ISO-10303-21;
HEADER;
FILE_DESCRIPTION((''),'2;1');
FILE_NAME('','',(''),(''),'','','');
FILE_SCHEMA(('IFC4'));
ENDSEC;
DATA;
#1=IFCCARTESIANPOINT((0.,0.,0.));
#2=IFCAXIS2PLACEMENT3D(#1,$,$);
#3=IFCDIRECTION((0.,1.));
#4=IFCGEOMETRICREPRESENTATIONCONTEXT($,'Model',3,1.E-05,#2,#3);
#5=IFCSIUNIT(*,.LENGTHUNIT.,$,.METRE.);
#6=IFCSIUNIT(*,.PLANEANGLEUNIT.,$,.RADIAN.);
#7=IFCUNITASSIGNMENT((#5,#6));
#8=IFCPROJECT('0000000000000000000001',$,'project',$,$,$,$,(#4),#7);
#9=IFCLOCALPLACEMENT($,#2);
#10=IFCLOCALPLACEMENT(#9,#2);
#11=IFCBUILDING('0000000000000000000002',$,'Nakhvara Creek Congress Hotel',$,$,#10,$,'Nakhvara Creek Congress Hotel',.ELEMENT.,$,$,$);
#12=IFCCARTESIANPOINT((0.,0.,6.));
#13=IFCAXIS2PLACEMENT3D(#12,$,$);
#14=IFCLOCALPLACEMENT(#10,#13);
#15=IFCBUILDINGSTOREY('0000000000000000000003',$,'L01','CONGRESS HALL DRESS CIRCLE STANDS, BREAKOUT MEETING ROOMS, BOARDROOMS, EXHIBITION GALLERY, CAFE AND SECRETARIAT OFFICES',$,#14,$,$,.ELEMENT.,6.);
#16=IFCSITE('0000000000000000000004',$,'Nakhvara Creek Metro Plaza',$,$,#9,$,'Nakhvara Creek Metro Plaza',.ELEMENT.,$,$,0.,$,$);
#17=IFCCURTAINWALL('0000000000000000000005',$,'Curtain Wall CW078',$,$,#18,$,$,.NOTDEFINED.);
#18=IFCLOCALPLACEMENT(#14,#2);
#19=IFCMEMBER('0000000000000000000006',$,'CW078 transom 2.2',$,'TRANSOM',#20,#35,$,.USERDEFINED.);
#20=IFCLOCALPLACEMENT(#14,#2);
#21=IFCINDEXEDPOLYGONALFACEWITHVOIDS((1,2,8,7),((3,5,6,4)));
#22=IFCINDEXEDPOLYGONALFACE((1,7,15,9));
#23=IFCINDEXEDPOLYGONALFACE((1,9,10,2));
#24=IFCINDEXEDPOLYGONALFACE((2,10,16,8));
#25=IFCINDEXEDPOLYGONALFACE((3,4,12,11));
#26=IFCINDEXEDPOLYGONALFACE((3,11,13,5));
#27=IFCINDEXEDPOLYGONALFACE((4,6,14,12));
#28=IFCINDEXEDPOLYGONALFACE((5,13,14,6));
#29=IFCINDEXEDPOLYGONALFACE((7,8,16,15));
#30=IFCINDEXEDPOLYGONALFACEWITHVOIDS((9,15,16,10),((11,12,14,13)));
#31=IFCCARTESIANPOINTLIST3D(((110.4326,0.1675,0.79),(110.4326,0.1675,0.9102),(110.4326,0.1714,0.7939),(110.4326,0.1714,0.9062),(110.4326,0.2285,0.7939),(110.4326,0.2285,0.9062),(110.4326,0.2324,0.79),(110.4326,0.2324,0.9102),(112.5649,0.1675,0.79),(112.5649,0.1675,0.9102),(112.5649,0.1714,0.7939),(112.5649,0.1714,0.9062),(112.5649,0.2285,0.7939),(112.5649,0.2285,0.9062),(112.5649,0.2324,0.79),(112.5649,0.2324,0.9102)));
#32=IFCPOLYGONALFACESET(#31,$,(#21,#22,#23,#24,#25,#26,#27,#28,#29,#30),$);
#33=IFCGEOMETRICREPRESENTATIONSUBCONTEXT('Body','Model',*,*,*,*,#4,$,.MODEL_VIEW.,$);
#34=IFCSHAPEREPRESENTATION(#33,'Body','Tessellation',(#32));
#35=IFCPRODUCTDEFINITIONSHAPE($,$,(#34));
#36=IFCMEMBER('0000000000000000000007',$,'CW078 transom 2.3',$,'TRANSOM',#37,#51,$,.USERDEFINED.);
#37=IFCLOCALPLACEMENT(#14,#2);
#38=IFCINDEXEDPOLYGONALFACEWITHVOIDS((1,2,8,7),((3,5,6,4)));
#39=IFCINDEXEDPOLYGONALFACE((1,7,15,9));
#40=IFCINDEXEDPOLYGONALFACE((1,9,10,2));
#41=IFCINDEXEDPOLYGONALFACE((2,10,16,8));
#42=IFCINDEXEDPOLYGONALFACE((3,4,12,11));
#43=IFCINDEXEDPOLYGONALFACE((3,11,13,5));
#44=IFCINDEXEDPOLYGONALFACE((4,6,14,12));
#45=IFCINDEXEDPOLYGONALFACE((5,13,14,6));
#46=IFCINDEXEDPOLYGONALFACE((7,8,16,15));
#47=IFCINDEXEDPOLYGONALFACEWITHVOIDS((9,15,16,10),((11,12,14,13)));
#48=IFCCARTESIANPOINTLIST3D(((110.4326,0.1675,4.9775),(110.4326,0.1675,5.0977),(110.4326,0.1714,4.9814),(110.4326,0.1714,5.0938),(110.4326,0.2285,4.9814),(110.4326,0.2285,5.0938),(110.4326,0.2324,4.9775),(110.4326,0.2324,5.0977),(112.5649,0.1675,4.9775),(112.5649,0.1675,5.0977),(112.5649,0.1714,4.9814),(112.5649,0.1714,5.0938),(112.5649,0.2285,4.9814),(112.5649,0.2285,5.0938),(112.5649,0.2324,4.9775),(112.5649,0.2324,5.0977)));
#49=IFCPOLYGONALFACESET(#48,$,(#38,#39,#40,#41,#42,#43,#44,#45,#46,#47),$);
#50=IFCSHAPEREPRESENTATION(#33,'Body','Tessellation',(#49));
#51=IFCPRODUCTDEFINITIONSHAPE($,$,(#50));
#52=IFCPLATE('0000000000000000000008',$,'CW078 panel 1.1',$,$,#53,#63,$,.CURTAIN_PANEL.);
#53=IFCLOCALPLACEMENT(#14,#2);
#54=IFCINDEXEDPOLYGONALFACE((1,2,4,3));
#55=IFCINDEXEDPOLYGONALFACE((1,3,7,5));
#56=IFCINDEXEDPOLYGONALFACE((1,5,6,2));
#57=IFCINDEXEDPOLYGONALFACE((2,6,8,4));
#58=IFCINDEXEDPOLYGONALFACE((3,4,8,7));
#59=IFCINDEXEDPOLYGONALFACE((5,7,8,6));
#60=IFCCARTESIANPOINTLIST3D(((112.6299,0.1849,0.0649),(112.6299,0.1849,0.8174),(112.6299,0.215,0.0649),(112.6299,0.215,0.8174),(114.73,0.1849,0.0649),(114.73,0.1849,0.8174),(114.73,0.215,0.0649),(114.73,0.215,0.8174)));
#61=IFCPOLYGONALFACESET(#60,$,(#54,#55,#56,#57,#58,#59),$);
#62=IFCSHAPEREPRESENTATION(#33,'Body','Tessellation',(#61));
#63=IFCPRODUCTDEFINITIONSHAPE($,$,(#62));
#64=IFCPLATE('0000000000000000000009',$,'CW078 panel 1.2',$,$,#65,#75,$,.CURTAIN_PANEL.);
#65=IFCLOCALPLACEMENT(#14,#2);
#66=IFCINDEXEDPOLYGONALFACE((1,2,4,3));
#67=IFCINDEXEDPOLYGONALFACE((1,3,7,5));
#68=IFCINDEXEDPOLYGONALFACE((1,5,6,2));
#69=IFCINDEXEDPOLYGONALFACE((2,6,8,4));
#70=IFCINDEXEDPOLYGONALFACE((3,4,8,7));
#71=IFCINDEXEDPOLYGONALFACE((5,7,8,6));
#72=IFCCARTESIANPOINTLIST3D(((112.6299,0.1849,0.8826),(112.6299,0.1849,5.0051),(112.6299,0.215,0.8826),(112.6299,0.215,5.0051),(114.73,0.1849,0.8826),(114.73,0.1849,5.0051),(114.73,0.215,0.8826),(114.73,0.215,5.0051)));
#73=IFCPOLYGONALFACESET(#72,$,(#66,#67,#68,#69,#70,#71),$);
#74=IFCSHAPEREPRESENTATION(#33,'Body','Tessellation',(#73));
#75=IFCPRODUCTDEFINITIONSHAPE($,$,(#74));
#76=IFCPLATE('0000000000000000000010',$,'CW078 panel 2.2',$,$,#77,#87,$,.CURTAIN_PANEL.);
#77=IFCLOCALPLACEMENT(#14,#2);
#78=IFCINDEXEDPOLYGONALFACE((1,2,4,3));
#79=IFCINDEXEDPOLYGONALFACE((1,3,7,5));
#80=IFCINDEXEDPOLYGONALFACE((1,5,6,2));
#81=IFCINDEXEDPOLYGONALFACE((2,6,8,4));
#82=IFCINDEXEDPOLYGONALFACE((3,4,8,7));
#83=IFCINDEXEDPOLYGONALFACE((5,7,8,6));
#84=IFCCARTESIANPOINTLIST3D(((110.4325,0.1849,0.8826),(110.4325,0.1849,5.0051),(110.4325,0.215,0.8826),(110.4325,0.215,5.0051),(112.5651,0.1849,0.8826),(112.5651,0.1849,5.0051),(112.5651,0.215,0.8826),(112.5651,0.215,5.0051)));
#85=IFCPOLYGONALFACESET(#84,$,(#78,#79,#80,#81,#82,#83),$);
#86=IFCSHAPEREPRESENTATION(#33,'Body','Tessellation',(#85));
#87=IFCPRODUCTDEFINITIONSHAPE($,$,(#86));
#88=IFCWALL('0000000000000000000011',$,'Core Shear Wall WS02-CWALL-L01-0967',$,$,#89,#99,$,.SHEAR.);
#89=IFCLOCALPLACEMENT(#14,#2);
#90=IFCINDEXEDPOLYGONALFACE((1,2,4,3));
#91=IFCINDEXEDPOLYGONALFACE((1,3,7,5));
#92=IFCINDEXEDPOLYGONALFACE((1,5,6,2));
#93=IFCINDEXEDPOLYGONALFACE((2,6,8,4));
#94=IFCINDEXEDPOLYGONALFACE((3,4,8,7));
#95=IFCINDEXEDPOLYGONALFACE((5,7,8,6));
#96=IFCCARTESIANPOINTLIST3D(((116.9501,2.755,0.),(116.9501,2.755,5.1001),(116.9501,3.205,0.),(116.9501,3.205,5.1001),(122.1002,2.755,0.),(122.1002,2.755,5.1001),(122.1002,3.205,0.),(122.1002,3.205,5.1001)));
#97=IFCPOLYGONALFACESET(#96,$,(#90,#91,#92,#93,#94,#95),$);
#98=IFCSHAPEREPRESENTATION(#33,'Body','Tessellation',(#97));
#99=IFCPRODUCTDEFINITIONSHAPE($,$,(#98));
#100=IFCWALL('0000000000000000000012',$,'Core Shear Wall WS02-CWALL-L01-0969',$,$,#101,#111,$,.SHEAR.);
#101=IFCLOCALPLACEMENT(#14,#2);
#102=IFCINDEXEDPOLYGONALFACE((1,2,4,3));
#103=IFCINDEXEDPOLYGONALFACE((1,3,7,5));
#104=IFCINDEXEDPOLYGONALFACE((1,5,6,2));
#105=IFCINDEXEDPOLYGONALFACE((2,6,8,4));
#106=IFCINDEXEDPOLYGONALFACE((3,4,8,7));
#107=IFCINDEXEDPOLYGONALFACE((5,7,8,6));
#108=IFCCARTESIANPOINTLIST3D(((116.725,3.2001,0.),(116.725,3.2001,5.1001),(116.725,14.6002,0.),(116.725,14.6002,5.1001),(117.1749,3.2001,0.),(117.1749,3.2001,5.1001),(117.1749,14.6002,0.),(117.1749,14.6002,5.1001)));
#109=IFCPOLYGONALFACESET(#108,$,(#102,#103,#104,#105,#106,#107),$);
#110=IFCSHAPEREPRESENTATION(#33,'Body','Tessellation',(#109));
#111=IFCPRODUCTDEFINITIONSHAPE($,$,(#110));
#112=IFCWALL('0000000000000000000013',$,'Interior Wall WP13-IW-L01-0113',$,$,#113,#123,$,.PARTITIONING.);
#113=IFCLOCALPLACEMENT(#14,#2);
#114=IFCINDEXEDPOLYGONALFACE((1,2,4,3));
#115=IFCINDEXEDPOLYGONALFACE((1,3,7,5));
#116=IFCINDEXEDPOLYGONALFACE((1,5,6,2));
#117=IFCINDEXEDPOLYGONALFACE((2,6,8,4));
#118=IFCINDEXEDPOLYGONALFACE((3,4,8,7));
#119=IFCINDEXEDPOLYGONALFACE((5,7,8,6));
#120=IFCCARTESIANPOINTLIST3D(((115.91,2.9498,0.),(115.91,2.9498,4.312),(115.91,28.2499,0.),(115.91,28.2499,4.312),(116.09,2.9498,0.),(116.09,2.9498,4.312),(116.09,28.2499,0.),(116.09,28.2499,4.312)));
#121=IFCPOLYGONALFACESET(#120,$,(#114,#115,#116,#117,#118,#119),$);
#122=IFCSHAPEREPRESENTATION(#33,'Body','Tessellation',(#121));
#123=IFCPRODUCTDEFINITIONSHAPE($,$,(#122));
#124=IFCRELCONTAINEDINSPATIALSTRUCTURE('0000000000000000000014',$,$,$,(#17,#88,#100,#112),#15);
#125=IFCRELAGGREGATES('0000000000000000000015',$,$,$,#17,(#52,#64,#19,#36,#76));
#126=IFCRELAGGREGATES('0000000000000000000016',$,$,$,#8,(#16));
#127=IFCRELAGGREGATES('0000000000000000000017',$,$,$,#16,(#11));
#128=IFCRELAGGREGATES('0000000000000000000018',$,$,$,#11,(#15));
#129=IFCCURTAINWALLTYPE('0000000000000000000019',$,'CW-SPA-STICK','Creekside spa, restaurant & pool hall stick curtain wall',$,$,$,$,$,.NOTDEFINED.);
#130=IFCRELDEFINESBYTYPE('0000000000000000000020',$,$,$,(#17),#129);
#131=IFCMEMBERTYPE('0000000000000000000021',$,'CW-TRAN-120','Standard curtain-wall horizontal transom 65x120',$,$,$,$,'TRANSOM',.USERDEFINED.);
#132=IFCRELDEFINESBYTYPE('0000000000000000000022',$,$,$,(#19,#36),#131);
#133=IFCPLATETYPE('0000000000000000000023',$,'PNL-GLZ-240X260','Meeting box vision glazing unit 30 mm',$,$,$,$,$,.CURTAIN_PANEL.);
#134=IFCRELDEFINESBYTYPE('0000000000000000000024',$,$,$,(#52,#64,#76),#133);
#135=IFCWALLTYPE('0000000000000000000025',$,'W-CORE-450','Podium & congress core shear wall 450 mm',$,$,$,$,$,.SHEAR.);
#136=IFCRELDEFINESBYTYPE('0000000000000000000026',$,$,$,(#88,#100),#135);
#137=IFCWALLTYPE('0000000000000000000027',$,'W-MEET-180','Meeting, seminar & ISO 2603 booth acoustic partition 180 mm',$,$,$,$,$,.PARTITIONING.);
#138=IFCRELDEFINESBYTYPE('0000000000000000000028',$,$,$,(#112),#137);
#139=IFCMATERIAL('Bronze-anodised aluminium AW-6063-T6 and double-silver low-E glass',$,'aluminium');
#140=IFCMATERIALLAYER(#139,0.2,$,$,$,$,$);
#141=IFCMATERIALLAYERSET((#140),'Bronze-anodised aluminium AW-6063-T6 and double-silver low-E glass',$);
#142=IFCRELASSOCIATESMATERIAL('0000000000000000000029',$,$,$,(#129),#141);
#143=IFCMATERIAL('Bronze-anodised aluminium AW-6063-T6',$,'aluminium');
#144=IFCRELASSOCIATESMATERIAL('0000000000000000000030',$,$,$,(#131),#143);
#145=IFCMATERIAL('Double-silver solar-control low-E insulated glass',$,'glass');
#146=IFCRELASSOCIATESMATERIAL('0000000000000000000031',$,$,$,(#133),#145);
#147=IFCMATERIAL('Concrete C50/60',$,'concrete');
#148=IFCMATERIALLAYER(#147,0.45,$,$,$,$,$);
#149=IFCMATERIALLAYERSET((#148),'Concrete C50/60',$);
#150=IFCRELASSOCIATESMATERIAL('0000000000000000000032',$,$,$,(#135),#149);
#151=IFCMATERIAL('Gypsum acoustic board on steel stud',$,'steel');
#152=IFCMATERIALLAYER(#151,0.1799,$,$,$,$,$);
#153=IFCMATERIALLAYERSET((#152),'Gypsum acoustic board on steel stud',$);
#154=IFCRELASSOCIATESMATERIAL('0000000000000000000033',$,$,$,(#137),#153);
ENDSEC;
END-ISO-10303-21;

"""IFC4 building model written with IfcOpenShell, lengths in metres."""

from ifc_helpers import new_model, si_unit, direction, frame, frame_2d, origin, origin_2d, place, context, subcontext, project, spatial, rectangle, hollow_rectangle, extrude, material, layer, layer_set, material_profile, profile_set, type_object, element, aggregate, save


model = new_model("IFC4")

# Units and contexts
model_context = context("Model", 3, precision=1e-05, world=origin(), true_north=direction((0.0, 1.0)))
body_context = subcontext(model_context, "Body", "Model", "MODEL_VIEW")
ifc_project = project(units=[si_unit("LENGTHUNIT", "METRE"), si_unit("PLANEANGLEUNIT", "RADIAN")], contexts=[model_context])

# Site, building, storey
site_placement = place(None, origin())
site = spatial("IfcSite", under=ifc_project, at=site_placement, Name="Nakhvara Creek Metro Plaza", LongName="Nakhvara Creek Metro Plaza", CompositionType="ELEMENT", RefElevation=0.0)
building_placement = place(site_placement, origin())
building = spatial("IfcBuilding", under=site, at=building_placement, Name="Nakhvara Creek Congress Hotel", LongName="Nakhvara Creek Congress Hotel", CompositionType="ELEMENT")
storey_placement = place(building_placement, frame((0.0, 0.0, 6.0)))
storey = spatial("IfcBuildingStorey", under=building, at=storey_placement, Name="L01", Description="CONGRESS HALL DRESS CIRCLE STANDS, BREAKOUT MEETING ROOMS, BOARDROOMS, EXHIBITION GALLERY, CAFE AND SECRETARIAT OFFICES", CompositionType="ELEMENT", Elevation=6.0)

# Shared definitions
ifc_material_1 = material(Name="Concrete C50/60", Category="concrete")

# Curtain wall, members, plates
ifc_material_2 = material(Name="Bronze-anodised aluminium AW-6063-T6 and double-silver low-E glass", Category="aluminium")
ifc_layer_1 = layer(ifc_material_2, 0.2)
ifc_layer_set_1 = layer_set([ifc_layer_1], Name="Bronze-anodised aluminium AW-6063-T6 and double-silver low-E glass")
curtain_wall_type = type_object("IfcCurtainWallType", Name="CW-SPA-STICK", Description="Creekside spa, restaurant & pool hall stick curtain wall", PredefinedType="NOTDEFINED", material=ifc_layer_set_1)
curtain_wall_placement = place(storey_placement, origin())
curtain_wall = element("IfcCurtainWall", 1, at=curtain_wall_placement, inside=storey, type_object=curtain_wall_type, Name="Curtain Wall CW078", PredefinedType="NOTDEFINED")
ifc_material_3 = material(Name="Bronze-anodised aluminium AW-6063-T6", Category="aluminium")
ifc_material_profile_1 = material_profile(ifc_material_3, hollow_rectangle(XDim=0.0649, YDim=0.1201, WallThickness=0.0039, at=origin_2d()), Name="ALU-TRAN 65x120x4", Category="LoadBearing")
ifc_profile_set_1 = profile_set([ifc_material_profile_1], Name="Bronze-anodised aluminium AW-6063-T6")
member_type_1 = type_object("IfcMemberType", Name="CW-TRAN-120", Description="Standard curtain-wall horizontal transom 65x120", ElementType="TRANSOM", PredefinedType="USERDEFINED", material=ifc_profile_set_1)
member_1_placement = place(storey_placement, frame((112.5649, 0.2, 0.8501), z_axis=(-1.0, 0.0, 0.0), x_axis=(0.0, -1.0, 0.0)))
member_1 = element("IfcMember", 2, at=member_1_placement, type_object=member_type_1, Name="CW078 transom 2.2", ObjectType="TRANSOM", PredefinedType="USERDEFINED", context=body_context, shape_type="SweptSolid", body=[
    extrude(hollow_rectangle(XDim=0.0649, YDim=0.1201, WallThickness=0.0039, at=origin_2d()), origin(), (0.0, 0.0, 1.0), 2.1323),
])
member_2_placement = place(storey_placement, frame((112.5649, 0.2, 5.0376), z_axis=(-1.0, 0.0, 0.0), x_axis=(0.0, -1.0, 0.0)))
member_2 = element("IfcMember", 3, at=member_2_placement, type_object=member_type_1, Name="CW078 transom 2.3", ObjectType="TRANSOM", PredefinedType="USERDEFINED", context=body_context, shape_type="SweptSolid", body=[
    extrude(hollow_rectangle(XDim=0.0649, YDim=0.1201, WallThickness=0.0039, at=origin_2d()), origin(), (0.0, 0.0, 1.0), 2.1323),
])
ifc_material_4 = material(Name="Double-silver solar-control low-E insulated glass", Category="glass")
plate_type = type_object("IfcPlateType", Name="PNL-GLZ-240X260", Description="Meeting box vision glazing unit 30 mm", PredefinedType="CURTAIN_PANEL", material=ifc_material_4)
plate_1_placement = place(storey_placement, frame((113.6799, 0.2, 0.0649), z_axis=(0.0, 0.0, 1.0), x_axis=(-1.0, 0.0, 0.0)))
plate_1 = element("IfcPlate", 4, at=plate_1_placement, type_object=plate_type, Name="CW078 panel 1.1", PredefinedType="CURTAIN_PANEL", context=body_context, shape_type="SweptSolid", body=[
    extrude(rectangle(XDim=2.1001, YDim=0.03, at=origin_2d()), origin(), (0.0, 0.0, 1.0), 0.7524),
])
plate_2_placement = place(storey_placement, frame((113.6799, 0.2, 0.8826), z_axis=(0.0, 0.0, 1.0), x_axis=(-1.0, 0.0, 0.0)))
plate_2 = element("IfcPlate", 5, at=plate_2_placement, type_object=plate_type, Name="CW078 panel 1.2", PredefinedType="CURTAIN_PANEL", context=body_context, shape_type="SweptSolid", body=[
    extrude(rectangle(XDim=2.1001, YDim=0.03, at=origin_2d()), origin(), (0.0, 0.0, 1.0), 4.1226),
])
plate_3_placement = place(storey_placement, frame((111.4988, 0.2, 0.8826), z_axis=(0.0, 0.0, 1.0), x_axis=(-1.0, 0.0, 0.0)))
plate_3 = element("IfcPlate", 6, at=plate_3_placement, type_object=plate_type, Name="CW078 panel 2.2", PredefinedType="CURTAIN_PANEL", context=body_context, shape_type="SweptSolid", body=[
    extrude(rectangle(XDim=2.1326, YDim=0.03, at=origin_2d()), origin(), (0.0, 0.0, 1.0), 4.1226),
])
aggregate(curtain_wall, [plate_1, plate_2, member_1, member_2, plate_3])

# Walls
ifc_layer_2 = layer(ifc_material_1, 0.45)
ifc_layer_set_2 = layer_set([ifc_layer_2], Name="Concrete C50/60")
wall_type_1 = type_object("IfcWallType", Name="W-CORE-450", Description="Podium & congress core shear wall 450 mm", PredefinedType="SHEAR", material=ifc_layer_set_2)
wall_1_placement = place(storey_placement, frame((116.95, 2.98, 0.0), z_axis=(0.0, 0.0, 1.0), x_axis=(1.0, 0.0, 0.0)))
element("IfcWall", 7, at=wall_1_placement, inside=storey, type_object=wall_type_1, Name="Core Shear Wall WS02-CWALL-L01-0967", PredefinedType="SHEAR", context=body_context, shape_type="SweptSolid", body=[
    extrude(rectangle(XDim=5.1501, YDim=0.45, at=frame_2d((2.5752, 0.0))), origin(), (0.0, 0.0, 1.0), 5.1001),
])
wall_2_placement = place(storey_placement, frame((116.95, 3.2, 0.0), z_axis=(0.0, 0.0, 1.0), x_axis=(0.0, 1.0, 0.0)))
element("IfcWall", 8, at=wall_2_placement, inside=storey, type_object=wall_type_1, Name="Core Shear Wall WS02-CWALL-L01-0969", PredefinedType="SHEAR", context=body_context, shape_type="SweptSolid", body=[
    extrude(rectangle(XDim=11.4001, YDim=0.45, at=frame_2d((5.7002, 0.0))), origin(), (0.0, 0.0, 1.0), 5.1001),
])
ifc_material_5 = material(Name="Gypsum acoustic board on steel stud", Category="steel")
ifc_layer_3 = layer(ifc_material_5, 0.1799)
ifc_layer_set_3 = layer_set([ifc_layer_3], Name="Gypsum acoustic board on steel stud")
wall_type_2 = type_object("IfcWallType", Name="W-MEET-180", Description="Meeting, seminar & ISO 2603 booth acoustic partition 180 mm", PredefinedType="PARTITIONING", material=ifc_layer_set_3)
wall_3_placement = place(storey_placement, frame((116.0, 2.95, 0.0), z_axis=(0.0, 0.0, 1.0), x_axis=(0.0, 1.0, 0.0)))
element("IfcWall", 9, at=wall_3_placement, inside=storey, type_object=wall_type_2, Name="Interior Wall WP13-IW-L01-0113", PredefinedType="PARTITIONING", context=body_context, shape_type="SweptSolid", body=[
    extrude(rectangle(XDim=25.3, YDim=0.1799, at=frame_2d((12.6499, 0.0))), origin(), (0.0, 0.0, 1.0), 4.312),
])

save(model, "model.ifc")
